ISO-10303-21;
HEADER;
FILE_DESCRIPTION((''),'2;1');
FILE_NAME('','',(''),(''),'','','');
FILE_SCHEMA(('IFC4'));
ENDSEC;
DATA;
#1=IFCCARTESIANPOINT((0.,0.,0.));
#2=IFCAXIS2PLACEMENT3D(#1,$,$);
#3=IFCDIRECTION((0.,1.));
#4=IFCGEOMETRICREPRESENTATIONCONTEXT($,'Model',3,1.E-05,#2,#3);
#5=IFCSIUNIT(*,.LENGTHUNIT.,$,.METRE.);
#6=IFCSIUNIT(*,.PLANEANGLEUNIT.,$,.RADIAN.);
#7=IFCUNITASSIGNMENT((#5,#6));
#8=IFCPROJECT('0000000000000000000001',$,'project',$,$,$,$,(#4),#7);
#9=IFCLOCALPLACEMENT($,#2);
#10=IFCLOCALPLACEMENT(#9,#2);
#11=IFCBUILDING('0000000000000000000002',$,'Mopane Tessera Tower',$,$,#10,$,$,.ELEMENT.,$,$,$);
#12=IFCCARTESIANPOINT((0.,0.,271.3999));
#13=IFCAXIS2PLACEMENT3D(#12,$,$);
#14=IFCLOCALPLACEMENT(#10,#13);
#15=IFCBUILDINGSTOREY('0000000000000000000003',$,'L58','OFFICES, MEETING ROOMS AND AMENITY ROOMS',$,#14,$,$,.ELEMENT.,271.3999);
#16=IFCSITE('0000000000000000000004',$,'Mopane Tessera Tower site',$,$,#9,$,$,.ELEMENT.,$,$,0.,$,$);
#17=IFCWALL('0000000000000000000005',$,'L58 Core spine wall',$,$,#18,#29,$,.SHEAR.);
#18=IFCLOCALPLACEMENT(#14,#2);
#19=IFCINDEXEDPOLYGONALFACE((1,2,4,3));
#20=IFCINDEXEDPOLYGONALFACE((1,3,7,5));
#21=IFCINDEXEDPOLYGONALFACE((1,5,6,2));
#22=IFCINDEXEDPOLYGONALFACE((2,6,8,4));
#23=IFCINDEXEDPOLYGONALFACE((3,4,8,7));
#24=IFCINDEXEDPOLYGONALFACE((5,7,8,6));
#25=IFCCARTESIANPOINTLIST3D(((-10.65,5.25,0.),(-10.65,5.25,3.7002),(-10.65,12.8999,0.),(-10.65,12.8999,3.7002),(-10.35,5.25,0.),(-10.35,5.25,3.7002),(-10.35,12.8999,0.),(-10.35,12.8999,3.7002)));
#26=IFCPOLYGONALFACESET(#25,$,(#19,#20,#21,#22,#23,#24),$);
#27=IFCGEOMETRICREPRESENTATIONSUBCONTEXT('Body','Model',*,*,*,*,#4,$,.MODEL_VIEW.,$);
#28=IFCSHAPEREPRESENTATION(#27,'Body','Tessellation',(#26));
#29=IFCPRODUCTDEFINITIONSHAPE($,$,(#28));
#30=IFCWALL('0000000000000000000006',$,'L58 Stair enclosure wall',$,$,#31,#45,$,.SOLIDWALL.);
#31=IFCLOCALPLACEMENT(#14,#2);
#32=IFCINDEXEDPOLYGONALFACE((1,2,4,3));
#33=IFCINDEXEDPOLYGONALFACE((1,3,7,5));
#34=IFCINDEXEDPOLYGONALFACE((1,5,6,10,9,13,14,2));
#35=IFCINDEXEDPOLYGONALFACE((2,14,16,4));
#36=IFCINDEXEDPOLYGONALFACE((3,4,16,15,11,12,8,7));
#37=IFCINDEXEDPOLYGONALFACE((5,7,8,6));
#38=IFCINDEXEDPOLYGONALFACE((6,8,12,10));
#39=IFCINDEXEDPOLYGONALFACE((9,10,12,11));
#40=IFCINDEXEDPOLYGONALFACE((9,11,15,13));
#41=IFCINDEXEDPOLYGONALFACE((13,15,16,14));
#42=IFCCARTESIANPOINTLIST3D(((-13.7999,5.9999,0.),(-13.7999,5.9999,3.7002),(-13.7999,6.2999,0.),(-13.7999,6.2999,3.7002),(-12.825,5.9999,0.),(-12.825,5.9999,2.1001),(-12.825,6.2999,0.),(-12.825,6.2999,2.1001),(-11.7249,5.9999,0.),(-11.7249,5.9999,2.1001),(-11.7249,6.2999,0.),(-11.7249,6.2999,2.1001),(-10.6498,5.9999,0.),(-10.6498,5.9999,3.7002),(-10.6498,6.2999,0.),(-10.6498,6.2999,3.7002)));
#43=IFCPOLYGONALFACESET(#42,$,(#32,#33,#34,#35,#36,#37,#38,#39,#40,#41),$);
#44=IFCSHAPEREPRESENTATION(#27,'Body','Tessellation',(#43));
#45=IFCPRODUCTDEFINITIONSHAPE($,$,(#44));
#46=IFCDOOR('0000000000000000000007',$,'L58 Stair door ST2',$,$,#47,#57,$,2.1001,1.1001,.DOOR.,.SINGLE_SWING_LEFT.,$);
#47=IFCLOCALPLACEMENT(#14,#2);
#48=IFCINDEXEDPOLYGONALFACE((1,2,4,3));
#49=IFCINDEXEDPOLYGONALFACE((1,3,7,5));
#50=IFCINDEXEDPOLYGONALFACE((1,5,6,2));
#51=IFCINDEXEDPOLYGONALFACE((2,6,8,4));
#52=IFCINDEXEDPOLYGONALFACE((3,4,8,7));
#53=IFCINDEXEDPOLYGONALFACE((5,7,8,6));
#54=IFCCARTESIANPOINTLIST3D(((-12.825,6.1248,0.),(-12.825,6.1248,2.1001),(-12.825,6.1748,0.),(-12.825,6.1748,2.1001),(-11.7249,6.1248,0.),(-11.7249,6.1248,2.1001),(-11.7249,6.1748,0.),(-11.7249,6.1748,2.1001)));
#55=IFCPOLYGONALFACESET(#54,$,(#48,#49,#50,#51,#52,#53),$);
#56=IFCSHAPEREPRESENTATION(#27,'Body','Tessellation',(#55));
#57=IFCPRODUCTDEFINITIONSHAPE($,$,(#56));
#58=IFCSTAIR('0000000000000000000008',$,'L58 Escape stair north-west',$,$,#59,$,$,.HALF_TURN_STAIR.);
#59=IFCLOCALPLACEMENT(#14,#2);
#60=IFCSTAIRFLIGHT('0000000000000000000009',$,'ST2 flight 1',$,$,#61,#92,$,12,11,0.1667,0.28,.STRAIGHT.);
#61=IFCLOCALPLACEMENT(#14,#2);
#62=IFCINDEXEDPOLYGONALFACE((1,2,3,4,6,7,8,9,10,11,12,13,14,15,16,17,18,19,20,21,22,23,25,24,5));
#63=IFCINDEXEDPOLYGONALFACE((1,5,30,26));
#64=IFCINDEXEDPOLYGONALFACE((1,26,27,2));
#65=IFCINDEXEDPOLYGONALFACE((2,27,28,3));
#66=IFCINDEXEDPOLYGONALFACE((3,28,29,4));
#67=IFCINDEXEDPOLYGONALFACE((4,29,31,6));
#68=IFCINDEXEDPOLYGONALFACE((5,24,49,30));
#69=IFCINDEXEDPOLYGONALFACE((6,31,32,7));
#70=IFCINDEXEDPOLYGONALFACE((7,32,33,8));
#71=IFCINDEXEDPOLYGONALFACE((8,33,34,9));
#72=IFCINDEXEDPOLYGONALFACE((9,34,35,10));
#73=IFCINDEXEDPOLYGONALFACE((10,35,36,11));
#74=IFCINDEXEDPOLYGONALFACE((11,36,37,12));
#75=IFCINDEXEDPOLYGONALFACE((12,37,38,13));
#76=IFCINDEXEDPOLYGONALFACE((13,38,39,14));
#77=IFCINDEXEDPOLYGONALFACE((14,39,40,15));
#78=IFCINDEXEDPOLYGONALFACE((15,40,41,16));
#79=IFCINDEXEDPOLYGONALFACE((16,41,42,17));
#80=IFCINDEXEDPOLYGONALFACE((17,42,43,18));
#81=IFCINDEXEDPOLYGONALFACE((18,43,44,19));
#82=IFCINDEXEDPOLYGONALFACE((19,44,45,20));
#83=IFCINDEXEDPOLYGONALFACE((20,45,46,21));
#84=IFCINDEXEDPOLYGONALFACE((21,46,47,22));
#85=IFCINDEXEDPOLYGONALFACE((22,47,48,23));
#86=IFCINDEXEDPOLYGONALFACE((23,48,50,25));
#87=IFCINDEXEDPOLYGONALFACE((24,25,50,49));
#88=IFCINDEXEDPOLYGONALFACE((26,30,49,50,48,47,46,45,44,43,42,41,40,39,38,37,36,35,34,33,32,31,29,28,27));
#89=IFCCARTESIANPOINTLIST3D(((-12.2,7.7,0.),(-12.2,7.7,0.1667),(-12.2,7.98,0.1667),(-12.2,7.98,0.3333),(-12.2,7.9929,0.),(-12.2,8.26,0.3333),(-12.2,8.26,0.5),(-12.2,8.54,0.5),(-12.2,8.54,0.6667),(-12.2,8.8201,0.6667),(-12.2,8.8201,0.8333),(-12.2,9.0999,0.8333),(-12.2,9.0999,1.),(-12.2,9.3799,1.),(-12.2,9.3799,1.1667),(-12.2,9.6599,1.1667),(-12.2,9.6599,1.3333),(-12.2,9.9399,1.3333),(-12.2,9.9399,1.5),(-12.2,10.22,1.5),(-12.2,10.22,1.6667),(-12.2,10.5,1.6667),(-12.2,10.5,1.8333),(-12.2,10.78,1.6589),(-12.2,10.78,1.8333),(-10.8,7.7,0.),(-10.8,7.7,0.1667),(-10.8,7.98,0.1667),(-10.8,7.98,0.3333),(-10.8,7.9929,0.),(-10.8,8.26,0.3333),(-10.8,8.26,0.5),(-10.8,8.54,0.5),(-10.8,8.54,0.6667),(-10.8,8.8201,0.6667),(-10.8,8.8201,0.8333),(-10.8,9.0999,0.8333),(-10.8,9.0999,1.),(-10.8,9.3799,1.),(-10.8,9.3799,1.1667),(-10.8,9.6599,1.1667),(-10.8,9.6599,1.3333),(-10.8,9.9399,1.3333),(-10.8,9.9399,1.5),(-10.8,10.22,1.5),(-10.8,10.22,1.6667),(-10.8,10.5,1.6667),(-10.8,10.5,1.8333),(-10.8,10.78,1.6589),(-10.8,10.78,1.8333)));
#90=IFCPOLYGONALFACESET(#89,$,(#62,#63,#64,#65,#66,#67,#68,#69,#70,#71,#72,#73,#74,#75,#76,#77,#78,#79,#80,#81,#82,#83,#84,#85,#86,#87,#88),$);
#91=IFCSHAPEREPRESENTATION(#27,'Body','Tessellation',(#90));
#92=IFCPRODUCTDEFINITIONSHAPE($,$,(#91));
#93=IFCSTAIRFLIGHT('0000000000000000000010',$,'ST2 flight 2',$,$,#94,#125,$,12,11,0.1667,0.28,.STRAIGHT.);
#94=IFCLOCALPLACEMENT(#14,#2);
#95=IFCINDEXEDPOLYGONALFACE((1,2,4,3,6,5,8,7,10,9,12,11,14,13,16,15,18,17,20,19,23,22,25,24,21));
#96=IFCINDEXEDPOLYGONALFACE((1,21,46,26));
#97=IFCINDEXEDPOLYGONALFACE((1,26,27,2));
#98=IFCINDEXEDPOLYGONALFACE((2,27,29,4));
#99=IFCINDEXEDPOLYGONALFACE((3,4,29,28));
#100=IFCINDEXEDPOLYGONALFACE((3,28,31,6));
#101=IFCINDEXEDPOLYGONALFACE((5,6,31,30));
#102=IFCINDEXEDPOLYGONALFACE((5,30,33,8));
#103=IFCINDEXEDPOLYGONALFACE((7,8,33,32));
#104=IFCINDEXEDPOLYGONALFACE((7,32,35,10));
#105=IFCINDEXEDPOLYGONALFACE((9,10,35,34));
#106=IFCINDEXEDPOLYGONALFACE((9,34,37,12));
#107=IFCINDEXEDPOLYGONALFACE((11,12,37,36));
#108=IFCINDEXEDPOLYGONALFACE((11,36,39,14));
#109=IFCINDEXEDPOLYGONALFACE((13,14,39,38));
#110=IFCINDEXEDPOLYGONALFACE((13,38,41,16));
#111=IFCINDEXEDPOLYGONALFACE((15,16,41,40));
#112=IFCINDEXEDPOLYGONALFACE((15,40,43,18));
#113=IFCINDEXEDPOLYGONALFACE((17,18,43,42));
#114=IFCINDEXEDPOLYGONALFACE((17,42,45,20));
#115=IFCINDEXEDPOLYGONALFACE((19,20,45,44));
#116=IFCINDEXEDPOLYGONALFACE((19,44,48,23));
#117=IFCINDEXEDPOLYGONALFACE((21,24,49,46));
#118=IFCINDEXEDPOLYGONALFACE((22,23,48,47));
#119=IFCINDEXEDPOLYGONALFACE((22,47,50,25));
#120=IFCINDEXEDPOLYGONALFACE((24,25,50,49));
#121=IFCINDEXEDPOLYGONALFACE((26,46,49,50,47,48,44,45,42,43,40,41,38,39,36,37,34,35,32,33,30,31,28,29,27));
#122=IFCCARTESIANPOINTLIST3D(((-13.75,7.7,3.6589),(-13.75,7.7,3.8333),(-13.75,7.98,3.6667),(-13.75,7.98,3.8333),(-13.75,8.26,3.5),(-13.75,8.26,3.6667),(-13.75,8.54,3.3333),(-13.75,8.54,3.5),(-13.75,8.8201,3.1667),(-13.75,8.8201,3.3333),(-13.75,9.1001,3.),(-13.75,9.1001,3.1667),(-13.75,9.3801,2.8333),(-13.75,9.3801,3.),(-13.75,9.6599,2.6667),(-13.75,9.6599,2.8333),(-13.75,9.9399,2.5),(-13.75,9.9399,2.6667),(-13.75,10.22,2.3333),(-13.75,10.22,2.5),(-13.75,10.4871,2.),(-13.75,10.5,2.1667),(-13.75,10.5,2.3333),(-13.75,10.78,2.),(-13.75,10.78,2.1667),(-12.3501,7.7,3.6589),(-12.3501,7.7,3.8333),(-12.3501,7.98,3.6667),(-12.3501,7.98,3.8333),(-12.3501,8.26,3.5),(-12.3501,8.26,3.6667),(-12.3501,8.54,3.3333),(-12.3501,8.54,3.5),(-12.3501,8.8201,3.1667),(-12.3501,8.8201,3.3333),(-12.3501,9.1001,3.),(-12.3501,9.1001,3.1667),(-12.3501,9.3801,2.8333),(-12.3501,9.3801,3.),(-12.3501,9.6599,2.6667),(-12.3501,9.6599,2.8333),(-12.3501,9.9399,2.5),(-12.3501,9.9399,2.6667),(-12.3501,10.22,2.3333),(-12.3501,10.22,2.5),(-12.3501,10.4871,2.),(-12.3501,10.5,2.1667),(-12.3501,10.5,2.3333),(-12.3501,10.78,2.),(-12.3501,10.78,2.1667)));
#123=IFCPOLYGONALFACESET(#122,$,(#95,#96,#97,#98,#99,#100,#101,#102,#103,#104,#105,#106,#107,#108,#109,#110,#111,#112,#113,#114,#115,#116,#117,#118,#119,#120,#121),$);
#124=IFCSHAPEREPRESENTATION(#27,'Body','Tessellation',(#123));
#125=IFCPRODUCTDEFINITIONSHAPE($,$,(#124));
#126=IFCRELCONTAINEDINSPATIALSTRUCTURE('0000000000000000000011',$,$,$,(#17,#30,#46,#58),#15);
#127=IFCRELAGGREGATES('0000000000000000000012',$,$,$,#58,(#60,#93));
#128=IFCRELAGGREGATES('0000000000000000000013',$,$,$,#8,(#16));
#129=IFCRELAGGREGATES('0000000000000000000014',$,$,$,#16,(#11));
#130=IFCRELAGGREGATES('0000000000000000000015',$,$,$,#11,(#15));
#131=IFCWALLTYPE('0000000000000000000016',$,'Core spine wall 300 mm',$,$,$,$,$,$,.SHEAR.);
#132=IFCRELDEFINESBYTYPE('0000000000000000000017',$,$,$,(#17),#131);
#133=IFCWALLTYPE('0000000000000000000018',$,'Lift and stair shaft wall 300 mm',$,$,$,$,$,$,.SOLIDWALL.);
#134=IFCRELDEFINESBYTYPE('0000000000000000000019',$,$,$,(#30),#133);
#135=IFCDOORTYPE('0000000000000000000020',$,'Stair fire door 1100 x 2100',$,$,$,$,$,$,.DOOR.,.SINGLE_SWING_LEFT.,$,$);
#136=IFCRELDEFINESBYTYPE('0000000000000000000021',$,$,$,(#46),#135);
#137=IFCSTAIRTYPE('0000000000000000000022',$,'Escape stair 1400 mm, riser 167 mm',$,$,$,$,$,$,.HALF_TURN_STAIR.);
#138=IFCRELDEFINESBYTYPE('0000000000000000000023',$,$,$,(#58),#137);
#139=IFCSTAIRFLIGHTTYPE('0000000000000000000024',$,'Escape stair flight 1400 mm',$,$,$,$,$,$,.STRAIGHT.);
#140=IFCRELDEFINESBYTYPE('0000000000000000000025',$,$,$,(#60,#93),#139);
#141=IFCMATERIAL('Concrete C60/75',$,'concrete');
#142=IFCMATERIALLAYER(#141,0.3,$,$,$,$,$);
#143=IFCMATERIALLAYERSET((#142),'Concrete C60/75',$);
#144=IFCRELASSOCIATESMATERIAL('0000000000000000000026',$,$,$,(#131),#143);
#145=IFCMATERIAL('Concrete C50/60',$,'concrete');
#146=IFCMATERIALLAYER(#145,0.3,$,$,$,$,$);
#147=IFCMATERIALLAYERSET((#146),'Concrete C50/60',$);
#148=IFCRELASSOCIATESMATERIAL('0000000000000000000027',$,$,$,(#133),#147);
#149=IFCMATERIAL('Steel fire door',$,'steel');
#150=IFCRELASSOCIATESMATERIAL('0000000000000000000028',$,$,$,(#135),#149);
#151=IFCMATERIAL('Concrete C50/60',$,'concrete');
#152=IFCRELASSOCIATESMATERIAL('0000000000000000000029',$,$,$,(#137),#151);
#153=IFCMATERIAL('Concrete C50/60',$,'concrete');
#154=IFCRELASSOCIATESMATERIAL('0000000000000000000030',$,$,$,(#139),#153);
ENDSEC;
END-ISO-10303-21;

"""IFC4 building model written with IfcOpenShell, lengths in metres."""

from ifc_helpers import new_model, si_unit, direction, frame, frame_2d, origin, place, context, subcontext, project, spatial, polyline, rectangle, outline, extrude, material, layer, layer_set, type_object, element, fill, aggregate, save


model = new_model("IFC4")

# Units and contexts
model_context = context("Model", 3, precision=1e-05, world=origin(), true_north=direction((0.0, 1.0)))
body_context = subcontext(model_context, "Body", "Model", "MODEL_VIEW")
ifc_project = project(units=[si_unit("LENGTHUNIT", "METRE"), si_unit("PLANEANGLEUNIT", "RADIAN")], contexts=[model_context])

# Site, building, storey
site_placement = place(None, origin())
site = spatial("IfcSite", under=ifc_project, at=site_placement, Name="Mopane Tessera Tower site", CompositionType="ELEMENT", RefElevation=0.0)
building_placement = place(site_placement, origin())
building = spatial("IfcBuilding", under=site, at=building_placement, Name="Mopane Tessera Tower", CompositionType="ELEMENT")
storey_placement = place(building_placement, frame((0.0, 0.0, 271.3999)))
storey = spatial("IfcBuildingStorey", under=building, at=storey_placement, Name="L58", Description="OFFICES, MEETING ROOMS AND AMENITY ROOMS", CompositionType="ELEMENT", Elevation=271.3999)

# Wall
ifc_material_1 = material(Name="Concrete C60/75", Category="concrete")
ifc_layer_1 = layer(ifc_material_1, 0.3)
ifc_layer_set_1 = layer_set([ifc_layer_1], Name="Concrete C60/75")
wall_type_1 = type_object("IfcWallType", Name="Core spine wall 300 mm", PredefinedType="SHEAR", material=ifc_layer_set_1)
wall_1_placement = place(storey_placement, frame((-10.5, 5.25, 0.0), z_axis=(0.0, 0.0, 1.0), x_axis=(0.0, 1.0, 0.0)))
element("IfcWall", 1, at=wall_1_placement, inside=storey, type_object=wall_type_1, Name="L58 Core spine wall", PredefinedType="SHEAR", context=body_context, shape_type="SweptSolid", body=[
    extrude(rectangle(XDim=7.6499, YDim=0.3, at=frame_2d((3.825, 0.0))), origin(), (0.0, 0.0, 1.0), 3.7002),
])

# Wall, opening, door
ifc_material_2 = material(Name="Concrete C50/60", Category="concrete")
ifc_layer_2 = layer(ifc_material_2, 0.3)
ifc_layer_set_2 = layer_set([ifc_layer_2], Name="Concrete C50/60")
wall_type_2 = type_object("IfcWallType", Name="Lift and stair shaft wall 300 mm", PredefinedType="SOLIDWALL", material=ifc_layer_set_2)
wall_2_placement = place(storey_placement, frame((-13.8, 6.1499, 0.0), z_axis=(0.0, 0.0, 1.0), x_axis=(1.0, 0.0, 0.0)))
wall_2 = element("IfcWall", 2, at=wall_2_placement, inside=storey, type_object=wall_type_2, Name="L58 Stair enclosure wall", PredefinedType="SOLIDWALL", context=body_context, shape_type="SweptSolid", body=[
    extrude(rectangle(XDim=3.1501, YDim=0.3, at=frame_2d((1.5752, 0.0))), origin(), (0.0, 0.0, 1.0), 3.7002),
])
opening_placement = place(wall_2_placement, frame((0.9751, 0.0, 0.0)))
opening = element("IfcOpeningElement", 3, at=opening_placement, cuts=wall_2, PredefinedType="OPENING", context=body_context, shape_type="SweptSolid", body=[
    extrude(rectangle(XDim=1.1001, YDim=2.1001, at=frame_2d((0.55, 1.05))), frame((0.0, 0.1621, 0.0), z_axis=(0.0, -1.0, 0.0), x_axis=(1.0, 0.0, 0.0)), (0.0, 0.0, 1.0), 0.324),
])
ifc_material_3 = material(Name="Steel fire door", Category="steel")
door_type = type_object("IfcDoorType", Name="Stair fire door 1100 x 2100", OperationType="SINGLE_SWING_LEFT", PredefinedType="DOOR", material=ifc_material_3)
door_placement = place(opening_placement, origin())
door = element("IfcDoor", 4, at=door_placement, inside=storey, type_object=door_type, Name="L58 Stair door ST2", OperationType="SINGLE_SWING_LEFT", OverallHeight=2.1001, OverallWidth=1.1001, PredefinedType="DOOR", context=body_context, shape_type="SweptSolid", body=[
    extrude(rectangle(XDim=1.1001, YDim=2.1001, at=frame_2d((0.55, 1.05))), frame((0.0, 0.0249, 0.0), z_axis=(0.0, -1.0, 0.0), x_axis=(1.0, 0.0, 0.0)), (0.0, 0.0, 1.0), 0.05),
])
fill(opening, door)

# Stair, stair flights
ifc_material_4 = material(Name="Concrete C50/60", Category="concrete")
stair_type = type_object("IfcStairType", Name="Escape stair 1400 mm, riser 167 mm", PredefinedType="HALF_TURN_STAIR", material=ifc_material_4)
stair_placement = place(storey_placement, origin())
stair = element("IfcStair", 5, at=stair_placement, inside=storey, type_object=stair_type, Name="L58 Escape stair north-west", PredefinedType="HALF_TURN_STAIR")
ifc_material_5 = material(Name="Concrete C50/60", Category="concrete")
stair_flight_type = type_object("IfcStairFlightType", Name="Escape stair flight 1400 mm", PredefinedType="STRAIGHT", material=ifc_material_5)
stair_flight_1_placement = place(storey_placement, frame((-11.5, 7.7, 0.0), z_axis=(0.0, 0.0, 1.0), x_axis=(0.0, 1.0, 0.0)))
stair_flight_1 = element("IfcStairFlight", 6, at=stair_flight_1_placement, type_object=stair_flight_type, Name="ST2 flight 1", NumberOfRisers=12, NumberOfTreads=11, PredefinedType="STRAIGHT", RiserHeight=0.1667, TreadLength=0.28, context=body_context, shape_type="SweptSolid", body=[
    extrude(outline(polyline([(0.0, 0.0), (0.0, 0.1667), (0.28, 0.1667), (0.28, 0.3333), (0.5601, 0.3333), (0.5601, 0.5), (0.8401, 0.5), (0.8401, 0.6667), (1.1201, 0.6667), (1.1201, 0.8333), (1.3999, 0.8333), (1.3999, 1.0), (1.6799, 1.0), (1.6799, 1.1667), (1.96, 1.1667), (1.96, 1.3333), (2.24, 1.3333), (2.24, 1.5), (2.52, 1.5), (2.52, 1.6667), (2.8, 1.6667), (2.8, 1.8333), (3.0801, 1.8333), (3.0801, 2.0), (3.0801, 1.6589), (0.293, 0.0), (0.0, 0.0)])), frame((0.0, 0.7, 0.0), z_axis=(0.0, -1.0, 0.0), x_axis=(1.0, 0.0, 0.0)), (0.0, 0.0, 1.0), 1.3999),
])
stair_flight_2_placement = place(storey_placement, frame((-13.05, 10.78, 2.0), z_axis=(0.0, 0.0, 1.0), x_axis=(0.0, -1.0, 0.0)))
stair_flight_2 = element("IfcStairFlight", 7, at=stair_flight_2_placement, type_object=stair_flight_type, Name="ST2 flight 2", NumberOfRisers=12, NumberOfTreads=11, PredefinedType="STRAIGHT", RiserHeight=0.1667, TreadLength=0.28, context=body_context, shape_type="SweptSolid", body=[
    extrude(outline(polyline([(0.0, 0.0), (0.0, 0.1667), (0.28, 0.1667), (0.28, 0.3333), (0.5601, 0.3333), (0.5601, 0.5), (0.8401, 0.5), (0.8401, 0.6667), (1.1201, 0.6667), (1.1201, 0.8333), (1.3999, 0.8333), (1.3999, 1.0), (1.6799, 1.0), (1.6799, 1.1667), (1.96, 1.1667), (1.96, 1.3333), (2.24, 1.3333), (2.24, 1.5), (2.52, 1.5), (2.52, 1.6667), (2.8, 1.6667), (2.8, 1.8333), (3.0801, 1.8333), (3.0801, 2.0), (3.0801, 1.6589), (0.293, 0.0), (0.0, 0.0)])), frame((0.0, 0.7, 0.0), z_axis=(0.0, -1.0, 0.0), x_axis=(1.0, 0.0, 0.0)), (0.0, 0.0, 1.0), 1.3999),
])
aggregate(stair, [stair_flight_1, stair_flight_2])

save(model, "model.ifc")
